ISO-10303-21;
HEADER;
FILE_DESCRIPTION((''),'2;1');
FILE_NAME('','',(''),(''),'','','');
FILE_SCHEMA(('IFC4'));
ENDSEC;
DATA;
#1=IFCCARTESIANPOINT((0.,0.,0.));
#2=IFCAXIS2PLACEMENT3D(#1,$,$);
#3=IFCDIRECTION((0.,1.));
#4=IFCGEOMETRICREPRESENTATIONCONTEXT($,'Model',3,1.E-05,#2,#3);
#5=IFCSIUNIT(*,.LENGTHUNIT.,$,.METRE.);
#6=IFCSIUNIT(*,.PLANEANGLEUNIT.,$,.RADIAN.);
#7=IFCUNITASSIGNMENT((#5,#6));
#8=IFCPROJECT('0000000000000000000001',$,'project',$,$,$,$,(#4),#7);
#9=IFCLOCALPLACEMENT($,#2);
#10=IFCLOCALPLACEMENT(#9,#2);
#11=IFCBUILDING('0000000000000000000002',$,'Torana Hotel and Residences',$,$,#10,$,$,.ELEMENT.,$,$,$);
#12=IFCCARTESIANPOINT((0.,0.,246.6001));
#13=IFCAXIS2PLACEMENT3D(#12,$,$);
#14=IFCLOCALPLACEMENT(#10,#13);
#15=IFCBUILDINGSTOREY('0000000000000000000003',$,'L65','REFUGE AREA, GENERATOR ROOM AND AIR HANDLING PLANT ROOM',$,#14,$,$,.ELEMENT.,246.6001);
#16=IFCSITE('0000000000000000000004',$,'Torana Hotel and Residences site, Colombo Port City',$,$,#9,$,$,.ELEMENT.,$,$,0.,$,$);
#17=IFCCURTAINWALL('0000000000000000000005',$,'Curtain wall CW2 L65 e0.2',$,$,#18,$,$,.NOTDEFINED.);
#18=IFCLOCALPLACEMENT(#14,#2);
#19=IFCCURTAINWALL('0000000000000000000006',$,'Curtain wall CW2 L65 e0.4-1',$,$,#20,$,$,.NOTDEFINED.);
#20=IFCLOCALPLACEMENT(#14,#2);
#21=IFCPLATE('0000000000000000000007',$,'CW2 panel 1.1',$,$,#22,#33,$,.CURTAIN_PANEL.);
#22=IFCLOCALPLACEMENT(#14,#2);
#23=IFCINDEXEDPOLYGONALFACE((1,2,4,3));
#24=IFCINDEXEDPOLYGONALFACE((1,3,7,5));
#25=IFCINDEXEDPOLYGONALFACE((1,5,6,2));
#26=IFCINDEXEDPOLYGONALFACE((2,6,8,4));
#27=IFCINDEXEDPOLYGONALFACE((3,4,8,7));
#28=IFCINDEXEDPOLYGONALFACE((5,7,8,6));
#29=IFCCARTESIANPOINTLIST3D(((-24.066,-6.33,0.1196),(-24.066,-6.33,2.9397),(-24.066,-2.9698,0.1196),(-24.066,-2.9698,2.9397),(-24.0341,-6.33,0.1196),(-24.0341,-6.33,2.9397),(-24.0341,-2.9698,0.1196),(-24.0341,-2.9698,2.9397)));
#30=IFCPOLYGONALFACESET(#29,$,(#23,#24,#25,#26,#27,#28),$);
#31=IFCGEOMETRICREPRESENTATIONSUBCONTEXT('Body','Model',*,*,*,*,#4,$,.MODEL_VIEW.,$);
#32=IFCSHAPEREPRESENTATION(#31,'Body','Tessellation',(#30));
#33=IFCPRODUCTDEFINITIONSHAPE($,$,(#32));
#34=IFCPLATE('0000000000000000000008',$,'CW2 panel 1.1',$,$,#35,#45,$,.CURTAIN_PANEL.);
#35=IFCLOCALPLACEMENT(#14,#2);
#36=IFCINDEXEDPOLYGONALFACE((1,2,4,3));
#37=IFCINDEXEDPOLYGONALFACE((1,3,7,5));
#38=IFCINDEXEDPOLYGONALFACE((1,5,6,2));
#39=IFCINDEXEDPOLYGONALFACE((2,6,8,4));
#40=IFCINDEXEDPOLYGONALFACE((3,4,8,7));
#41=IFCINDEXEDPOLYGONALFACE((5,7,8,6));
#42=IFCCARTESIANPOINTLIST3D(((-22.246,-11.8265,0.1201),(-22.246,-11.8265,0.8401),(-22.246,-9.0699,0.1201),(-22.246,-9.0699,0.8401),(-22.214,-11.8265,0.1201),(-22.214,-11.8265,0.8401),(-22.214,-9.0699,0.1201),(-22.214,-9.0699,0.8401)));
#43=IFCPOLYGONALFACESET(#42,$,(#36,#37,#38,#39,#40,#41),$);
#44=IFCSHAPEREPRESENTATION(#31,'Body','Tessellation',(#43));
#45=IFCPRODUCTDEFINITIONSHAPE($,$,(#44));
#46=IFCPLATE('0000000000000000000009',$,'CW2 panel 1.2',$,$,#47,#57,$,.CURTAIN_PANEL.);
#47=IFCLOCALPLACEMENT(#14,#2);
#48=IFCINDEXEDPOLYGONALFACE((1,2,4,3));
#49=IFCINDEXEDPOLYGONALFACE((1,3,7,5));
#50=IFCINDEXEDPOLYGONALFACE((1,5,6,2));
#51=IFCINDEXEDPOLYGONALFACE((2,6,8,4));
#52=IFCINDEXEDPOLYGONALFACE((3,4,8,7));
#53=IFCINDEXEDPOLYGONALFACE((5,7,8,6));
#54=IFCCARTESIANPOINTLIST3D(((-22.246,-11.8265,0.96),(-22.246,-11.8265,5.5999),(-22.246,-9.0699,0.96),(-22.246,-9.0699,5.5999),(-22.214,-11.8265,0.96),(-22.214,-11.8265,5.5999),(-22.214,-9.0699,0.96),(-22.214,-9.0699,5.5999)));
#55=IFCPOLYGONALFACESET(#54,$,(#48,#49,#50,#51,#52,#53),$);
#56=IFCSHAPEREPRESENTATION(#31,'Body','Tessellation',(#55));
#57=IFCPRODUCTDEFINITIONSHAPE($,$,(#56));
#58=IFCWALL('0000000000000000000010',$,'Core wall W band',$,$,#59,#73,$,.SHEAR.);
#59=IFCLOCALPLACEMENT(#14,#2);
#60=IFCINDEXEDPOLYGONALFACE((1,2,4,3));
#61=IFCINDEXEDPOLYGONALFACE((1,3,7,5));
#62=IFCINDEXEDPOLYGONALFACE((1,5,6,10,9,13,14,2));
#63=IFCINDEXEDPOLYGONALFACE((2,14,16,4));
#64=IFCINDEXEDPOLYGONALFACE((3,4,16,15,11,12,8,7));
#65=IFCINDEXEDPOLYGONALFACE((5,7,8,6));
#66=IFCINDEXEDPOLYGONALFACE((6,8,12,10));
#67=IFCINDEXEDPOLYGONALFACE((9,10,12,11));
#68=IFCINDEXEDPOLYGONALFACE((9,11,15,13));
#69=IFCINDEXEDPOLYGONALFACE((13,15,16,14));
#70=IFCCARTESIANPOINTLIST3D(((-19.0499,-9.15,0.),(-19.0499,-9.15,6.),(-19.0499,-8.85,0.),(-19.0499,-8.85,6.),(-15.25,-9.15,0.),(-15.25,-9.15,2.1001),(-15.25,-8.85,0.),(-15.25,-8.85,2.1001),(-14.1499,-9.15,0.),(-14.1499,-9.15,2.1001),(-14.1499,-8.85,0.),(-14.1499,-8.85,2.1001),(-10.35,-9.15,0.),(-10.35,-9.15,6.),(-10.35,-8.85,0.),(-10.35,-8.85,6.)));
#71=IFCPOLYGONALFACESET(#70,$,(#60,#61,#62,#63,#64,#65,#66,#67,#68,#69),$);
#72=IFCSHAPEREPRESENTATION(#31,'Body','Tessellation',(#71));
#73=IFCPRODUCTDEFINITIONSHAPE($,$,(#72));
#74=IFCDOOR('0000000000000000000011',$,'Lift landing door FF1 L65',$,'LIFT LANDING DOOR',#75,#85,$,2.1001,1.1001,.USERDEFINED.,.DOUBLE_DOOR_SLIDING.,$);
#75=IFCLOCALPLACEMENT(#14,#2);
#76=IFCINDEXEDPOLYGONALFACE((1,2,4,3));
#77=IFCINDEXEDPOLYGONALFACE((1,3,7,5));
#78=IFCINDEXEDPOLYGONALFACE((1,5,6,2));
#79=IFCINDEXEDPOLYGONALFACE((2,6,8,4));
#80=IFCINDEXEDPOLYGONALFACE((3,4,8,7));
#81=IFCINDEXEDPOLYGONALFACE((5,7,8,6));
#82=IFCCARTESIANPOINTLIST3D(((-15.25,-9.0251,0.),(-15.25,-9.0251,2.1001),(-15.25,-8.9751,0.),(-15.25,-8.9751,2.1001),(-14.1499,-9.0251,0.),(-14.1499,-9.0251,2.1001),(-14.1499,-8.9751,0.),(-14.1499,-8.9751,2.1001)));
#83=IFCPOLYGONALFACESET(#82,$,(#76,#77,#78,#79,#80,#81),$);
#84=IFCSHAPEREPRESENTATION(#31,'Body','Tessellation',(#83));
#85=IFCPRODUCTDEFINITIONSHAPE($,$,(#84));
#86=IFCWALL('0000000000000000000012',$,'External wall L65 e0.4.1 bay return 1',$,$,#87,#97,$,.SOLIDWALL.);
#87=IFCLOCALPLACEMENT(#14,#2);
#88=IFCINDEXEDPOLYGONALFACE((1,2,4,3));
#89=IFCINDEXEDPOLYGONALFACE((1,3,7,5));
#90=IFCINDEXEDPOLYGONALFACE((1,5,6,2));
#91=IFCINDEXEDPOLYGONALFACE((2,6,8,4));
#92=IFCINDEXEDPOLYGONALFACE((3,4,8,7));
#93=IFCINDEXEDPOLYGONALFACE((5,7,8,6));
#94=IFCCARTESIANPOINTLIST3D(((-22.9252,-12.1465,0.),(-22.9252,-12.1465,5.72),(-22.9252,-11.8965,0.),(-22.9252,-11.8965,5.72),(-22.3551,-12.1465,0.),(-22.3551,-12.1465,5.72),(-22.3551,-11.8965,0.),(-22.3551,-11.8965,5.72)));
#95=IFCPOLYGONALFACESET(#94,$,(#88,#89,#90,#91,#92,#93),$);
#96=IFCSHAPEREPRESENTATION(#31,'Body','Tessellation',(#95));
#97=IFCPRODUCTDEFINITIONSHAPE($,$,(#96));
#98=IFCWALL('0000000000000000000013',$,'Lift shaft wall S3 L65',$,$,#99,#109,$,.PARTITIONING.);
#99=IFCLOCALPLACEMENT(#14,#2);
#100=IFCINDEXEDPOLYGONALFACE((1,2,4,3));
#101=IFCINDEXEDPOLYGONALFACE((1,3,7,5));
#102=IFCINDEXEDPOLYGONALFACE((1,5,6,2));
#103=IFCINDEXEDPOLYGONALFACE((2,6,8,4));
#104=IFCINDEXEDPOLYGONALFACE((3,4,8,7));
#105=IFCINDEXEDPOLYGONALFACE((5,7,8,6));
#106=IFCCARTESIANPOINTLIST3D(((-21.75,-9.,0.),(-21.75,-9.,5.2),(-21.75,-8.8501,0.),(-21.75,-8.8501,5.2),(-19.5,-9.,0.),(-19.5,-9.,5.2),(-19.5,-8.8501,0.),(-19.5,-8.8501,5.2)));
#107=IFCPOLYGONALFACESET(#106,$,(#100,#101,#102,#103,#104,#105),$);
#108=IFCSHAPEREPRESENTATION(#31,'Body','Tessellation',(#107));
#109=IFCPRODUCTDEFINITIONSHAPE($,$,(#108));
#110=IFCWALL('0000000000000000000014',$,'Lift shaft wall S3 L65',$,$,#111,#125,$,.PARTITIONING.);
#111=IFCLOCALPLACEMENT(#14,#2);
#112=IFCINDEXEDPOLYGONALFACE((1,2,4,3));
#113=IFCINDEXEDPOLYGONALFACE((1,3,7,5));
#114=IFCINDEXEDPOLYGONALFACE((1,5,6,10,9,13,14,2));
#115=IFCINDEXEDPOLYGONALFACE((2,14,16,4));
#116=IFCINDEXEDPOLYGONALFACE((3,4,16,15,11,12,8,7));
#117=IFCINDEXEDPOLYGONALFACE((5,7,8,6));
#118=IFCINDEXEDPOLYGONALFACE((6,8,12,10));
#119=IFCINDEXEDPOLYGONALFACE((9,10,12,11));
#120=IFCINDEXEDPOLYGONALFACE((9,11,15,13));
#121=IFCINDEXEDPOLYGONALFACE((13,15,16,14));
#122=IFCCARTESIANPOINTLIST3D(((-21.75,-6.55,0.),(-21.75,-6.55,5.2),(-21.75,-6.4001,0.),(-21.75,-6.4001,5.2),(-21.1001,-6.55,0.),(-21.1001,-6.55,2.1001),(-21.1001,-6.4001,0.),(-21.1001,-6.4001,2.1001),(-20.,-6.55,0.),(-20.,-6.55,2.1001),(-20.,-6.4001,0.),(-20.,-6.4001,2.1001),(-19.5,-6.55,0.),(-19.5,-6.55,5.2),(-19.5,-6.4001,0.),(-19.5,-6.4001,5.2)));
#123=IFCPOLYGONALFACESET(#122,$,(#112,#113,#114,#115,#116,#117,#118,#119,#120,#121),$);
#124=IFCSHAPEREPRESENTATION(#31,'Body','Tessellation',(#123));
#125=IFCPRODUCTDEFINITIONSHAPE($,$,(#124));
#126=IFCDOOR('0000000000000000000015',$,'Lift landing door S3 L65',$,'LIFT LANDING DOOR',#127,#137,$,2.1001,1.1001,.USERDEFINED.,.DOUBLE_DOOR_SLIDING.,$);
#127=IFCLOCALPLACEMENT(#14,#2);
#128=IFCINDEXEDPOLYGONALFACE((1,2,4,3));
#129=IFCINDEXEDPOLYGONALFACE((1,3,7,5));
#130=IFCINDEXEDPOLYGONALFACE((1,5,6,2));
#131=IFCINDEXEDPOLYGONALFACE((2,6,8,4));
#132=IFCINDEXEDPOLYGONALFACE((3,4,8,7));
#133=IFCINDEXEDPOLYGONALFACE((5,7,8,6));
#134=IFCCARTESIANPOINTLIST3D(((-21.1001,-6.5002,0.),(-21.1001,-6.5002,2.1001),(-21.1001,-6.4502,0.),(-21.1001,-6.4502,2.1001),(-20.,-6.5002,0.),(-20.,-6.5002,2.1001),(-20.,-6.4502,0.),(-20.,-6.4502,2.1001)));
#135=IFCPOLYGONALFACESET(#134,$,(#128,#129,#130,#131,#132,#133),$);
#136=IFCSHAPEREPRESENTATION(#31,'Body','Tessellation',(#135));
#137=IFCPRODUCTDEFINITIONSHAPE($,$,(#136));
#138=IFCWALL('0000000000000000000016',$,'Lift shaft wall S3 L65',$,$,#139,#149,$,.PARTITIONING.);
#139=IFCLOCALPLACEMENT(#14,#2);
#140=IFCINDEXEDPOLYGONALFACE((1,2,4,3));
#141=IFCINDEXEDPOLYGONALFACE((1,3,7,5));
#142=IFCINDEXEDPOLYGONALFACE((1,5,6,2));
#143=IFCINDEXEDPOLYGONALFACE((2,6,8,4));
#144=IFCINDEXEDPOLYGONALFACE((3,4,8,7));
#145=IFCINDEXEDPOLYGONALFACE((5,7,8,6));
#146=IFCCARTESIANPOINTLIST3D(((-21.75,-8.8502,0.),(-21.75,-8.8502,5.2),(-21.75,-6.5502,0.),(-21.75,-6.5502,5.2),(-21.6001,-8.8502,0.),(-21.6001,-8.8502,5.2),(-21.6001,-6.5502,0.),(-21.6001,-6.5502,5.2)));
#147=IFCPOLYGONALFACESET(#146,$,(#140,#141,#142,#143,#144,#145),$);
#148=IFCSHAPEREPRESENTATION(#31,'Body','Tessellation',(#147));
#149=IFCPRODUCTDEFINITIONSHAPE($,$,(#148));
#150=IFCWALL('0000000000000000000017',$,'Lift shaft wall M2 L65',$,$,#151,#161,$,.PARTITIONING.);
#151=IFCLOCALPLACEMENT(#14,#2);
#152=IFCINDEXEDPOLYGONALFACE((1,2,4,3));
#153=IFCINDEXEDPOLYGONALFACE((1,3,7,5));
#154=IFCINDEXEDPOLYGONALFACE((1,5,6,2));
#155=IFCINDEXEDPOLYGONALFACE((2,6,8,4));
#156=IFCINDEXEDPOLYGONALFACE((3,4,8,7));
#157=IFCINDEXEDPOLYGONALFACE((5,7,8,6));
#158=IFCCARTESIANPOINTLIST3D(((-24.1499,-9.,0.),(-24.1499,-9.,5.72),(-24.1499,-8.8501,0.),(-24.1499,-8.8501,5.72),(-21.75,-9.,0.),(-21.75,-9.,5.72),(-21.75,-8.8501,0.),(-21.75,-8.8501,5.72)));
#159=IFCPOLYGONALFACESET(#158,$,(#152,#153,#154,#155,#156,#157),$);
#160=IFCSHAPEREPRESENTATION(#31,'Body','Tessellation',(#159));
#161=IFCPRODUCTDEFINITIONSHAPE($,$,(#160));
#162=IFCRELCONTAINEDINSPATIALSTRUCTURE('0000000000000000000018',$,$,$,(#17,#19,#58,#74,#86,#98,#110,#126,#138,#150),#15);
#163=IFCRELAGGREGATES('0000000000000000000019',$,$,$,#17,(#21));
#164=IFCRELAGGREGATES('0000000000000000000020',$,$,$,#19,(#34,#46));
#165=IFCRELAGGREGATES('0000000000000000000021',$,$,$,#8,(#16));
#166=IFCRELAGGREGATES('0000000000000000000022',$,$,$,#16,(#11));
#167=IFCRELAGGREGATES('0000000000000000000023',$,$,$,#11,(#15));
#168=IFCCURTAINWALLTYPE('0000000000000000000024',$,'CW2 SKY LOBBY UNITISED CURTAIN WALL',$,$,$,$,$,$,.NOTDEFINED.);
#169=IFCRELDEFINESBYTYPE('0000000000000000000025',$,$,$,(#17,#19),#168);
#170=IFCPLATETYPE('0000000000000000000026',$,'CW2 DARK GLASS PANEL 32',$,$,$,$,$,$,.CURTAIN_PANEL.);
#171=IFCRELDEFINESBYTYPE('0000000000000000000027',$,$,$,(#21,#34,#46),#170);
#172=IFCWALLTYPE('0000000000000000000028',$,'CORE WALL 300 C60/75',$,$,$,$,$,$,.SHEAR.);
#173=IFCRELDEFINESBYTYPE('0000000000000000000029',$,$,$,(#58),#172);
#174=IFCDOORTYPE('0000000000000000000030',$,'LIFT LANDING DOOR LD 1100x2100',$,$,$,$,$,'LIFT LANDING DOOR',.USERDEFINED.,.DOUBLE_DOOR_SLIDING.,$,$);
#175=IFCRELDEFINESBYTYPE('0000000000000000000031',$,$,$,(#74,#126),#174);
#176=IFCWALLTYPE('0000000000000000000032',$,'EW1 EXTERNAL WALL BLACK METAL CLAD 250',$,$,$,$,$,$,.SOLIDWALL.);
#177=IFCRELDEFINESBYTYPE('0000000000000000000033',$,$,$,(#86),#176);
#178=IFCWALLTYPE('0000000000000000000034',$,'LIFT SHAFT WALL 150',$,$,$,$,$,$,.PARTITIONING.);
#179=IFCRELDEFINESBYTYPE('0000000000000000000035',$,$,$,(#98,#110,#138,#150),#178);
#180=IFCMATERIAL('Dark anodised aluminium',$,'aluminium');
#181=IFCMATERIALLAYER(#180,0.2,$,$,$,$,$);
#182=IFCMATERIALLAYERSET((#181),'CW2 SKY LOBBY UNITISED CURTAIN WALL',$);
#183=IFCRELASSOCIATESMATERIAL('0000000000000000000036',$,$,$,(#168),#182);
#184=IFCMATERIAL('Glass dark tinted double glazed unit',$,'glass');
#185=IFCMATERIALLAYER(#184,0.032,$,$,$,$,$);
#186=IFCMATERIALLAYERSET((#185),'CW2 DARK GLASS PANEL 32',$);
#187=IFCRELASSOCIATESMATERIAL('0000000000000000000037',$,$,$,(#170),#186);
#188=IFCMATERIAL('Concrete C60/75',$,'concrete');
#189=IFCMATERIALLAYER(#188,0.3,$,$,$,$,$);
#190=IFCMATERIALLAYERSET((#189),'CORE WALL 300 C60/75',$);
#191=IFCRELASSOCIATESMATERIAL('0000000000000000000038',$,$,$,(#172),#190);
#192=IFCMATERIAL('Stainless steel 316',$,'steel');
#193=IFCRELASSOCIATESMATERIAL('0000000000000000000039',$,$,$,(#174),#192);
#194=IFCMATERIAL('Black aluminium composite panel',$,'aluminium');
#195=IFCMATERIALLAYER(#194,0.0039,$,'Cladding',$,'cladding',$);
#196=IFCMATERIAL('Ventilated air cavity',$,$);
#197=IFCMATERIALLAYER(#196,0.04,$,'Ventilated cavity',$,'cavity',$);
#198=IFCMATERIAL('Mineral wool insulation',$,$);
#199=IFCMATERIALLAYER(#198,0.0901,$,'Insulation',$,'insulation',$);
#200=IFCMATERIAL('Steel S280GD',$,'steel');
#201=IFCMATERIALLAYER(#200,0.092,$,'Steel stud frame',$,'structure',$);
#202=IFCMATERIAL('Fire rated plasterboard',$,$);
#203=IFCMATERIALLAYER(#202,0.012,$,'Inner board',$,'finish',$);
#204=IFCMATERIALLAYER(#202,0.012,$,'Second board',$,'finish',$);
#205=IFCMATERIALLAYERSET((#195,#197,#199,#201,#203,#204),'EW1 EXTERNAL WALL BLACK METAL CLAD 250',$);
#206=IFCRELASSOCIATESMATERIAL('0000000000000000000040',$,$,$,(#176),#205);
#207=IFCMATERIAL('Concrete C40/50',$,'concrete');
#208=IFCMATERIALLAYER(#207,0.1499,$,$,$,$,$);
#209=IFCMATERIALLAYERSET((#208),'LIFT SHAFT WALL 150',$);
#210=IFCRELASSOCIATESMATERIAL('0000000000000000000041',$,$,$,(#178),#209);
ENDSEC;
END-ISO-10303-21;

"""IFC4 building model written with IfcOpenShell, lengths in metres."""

from ifc_helpers import new_model, si_unit, direction, frame, frame_2d, origin, origin_2d, place, context, subcontext, project, spatial, rectangle, extrude, material, layer, layer_set, type_object, element, fill, aggregate, save


model = new_model("IFC4")

# Units and contexts
model_context = context("Model", 3, precision=1e-05, world=origin(), true_north=direction((0.0, 1.0)))
body_context = subcontext(model_context, "Body", "Model", "MODEL_VIEW")
ifc_project = project(units=[si_unit("LENGTHUNIT", "METRE"), si_unit("PLANEANGLEUNIT", "RADIAN")], contexts=[model_context])

# Site, building, storey
site_placement = place(None, origin())
site = spatial("IfcSite", under=ifc_project, at=site_placement, Name="Torana Hotel and Residences site, Colombo Port City", CompositionType="ELEMENT", RefElevation=0.0)
building_placement = place(site_placement, origin())
building = spatial("IfcBuilding", under=site, at=building_placement, Name="Torana Hotel and Residences", CompositionType="ELEMENT")
storey_placement = place(building_placement, frame((0.0, 0.0, 246.6001)))
storey = spatial("IfcBuildingStorey", under=building, at=storey_placement, Name="L65", Description="REFUGE AREA, GENERATOR ROOM AND AIR HANDLING PLANT ROOM", CompositionType="ELEMENT", Elevation=246.6001)

# Curtain wall
ifc_material_1 = material(Name="Dark anodised aluminium", Category="aluminium")
ifc_layer_1 = layer(ifc_material_1, 0.2)
ifc_layer_set_1 = layer_set([ifc_layer_1], Name="CW2 SKY LOBBY UNITISED CURTAIN WALL")
curtain_wall_type = type_object("IfcCurtainWallType", Name="CW2 SKY LOBBY UNITISED CURTAIN WALL", PredefinedType="NOTDEFINED", material=ifc_layer_set_1)
curtain_wall_1_placement = place(storey_placement, origin())
curtain_wall_1 = element("IfcCurtainWall", 1, at=curtain_wall_1_placement, inside=storey, type_object=curtain_wall_type, Name="Curtain wall CW2 L65 e0.2", PredefinedType="NOTDEFINED")

# Curtain wall
curtain_wall_2_placement = place(storey_placement, origin())
curtain_wall_2 = element("IfcCurtainWall", 2, at=curtain_wall_2_placement, inside=storey, type_object=curtain_wall_type, Name="Curtain wall CW2 L65 e0.4-1", PredefinedType="NOTDEFINED")

# Plates
ifc_material_2 = material(Name="Glass dark tinted double glazed unit", Category="glass")
ifc_layer_2 = layer(ifc_material_2, 0.032)
ifc_layer_set_2 = layer_set([ifc_layer_2], Name="CW2 DARK GLASS PANEL 32")
plate_type = type_object("IfcPlateType", Name="CW2 DARK GLASS PANEL 32", PredefinedType="CURTAIN_PANEL", material=ifc_layer_set_2)
plate_1_placement = place(storey_placement, frame((-24.05, -4.6499, 0.1196), z_axis=(0.0, 0.0, 1.0), x_axis=(0.0, -1.0, 0.0)))
plate_1 = element("IfcPlate", 3, at=plate_1_placement, type_object=plate_type, Name="CW2 panel 1.1", PredefinedType="CURTAIN_PANEL", context=body_context, shape_type="SweptSolid", body=[
    extrude(rectangle(XDim=3.3601, YDim=0.032, at=origin_2d()), origin(), (0.0, 0.0, 1.0), 2.8201),
])
aggregate(curtain_wall_1, [plate_1])
plate_2_placement = place(storey_placement, frame((-22.23, -10.4482, 0.1201), z_axis=(0.0, 0.0, 1.0), x_axis=(0.0, -1.0, 0.0)))
plate_2 = element("IfcPlate", 4, at=plate_2_placement, type_object=plate_type, Name="CW2 panel 1.1", PredefinedType="CURTAIN_PANEL", context=body_context, shape_type="SweptSolid", body=[
    extrude(rectangle(XDim=2.7566, YDim=0.032, at=origin_2d()), origin(), (0.0, 0.0, 1.0), 0.72),
])
plate_3_placement = place(storey_placement, frame((-22.23, -10.4482, 0.96), z_axis=(0.0, 0.0, 1.0), x_axis=(0.0, -1.0, 0.0)))
plate_3 = element("IfcPlate", 5, at=plate_3_placement, type_object=plate_type, Name="CW2 panel 1.2", PredefinedType="CURTAIN_PANEL", context=body_context, shape_type="SweptSolid", body=[
    extrude(rectangle(XDim=2.7566, YDim=0.032, at=origin_2d()), origin(), (0.0, 0.0, 1.0), 4.6399),
])
aggregate(curtain_wall_2, [plate_2, plate_3])

# Wall, opening, door
ifc_material_3 = material(Name="Concrete C60/75", Category="concrete")
ifc_layer_3 = layer(ifc_material_3, 0.3)
ifc_layer_set_3 = layer_set([ifc_layer_3], Name="CORE WALL 300 C60/75")
wall_type_1 = type_object("IfcWallType", Name="CORE WALL 300 C60/75", PredefinedType="SHEAR", material=ifc_layer_set_3)
wall_1_placement = place(storey_placement, frame((-19.05, -9.0, 0.0), z_axis=(0.0, 0.0, 1.0), x_axis=(1.0, 0.0, 0.0)))
wall_1 = element("IfcWall", 6, at=wall_1_placement, inside=storey, type_object=wall_type_1, Name="Core wall W band", PredefinedType="SHEAR", context=body_context, shape_type="SweptSolid", body=[
    extrude(rectangle(XDim=8.7, YDim=0.3, at=frame_2d((4.3501, 0.0))), origin(), (0.0, 0.0, 1.0), 6.0),
])
opening_1_placement = place(wall_1_placement, frame((3.8, 0.0, 0.0)))
opening_1 = element("IfcOpeningElement", 7, at=opening_1_placement, cuts=wall_1, PredefinedType="OPENING", context=body_context, shape_type="SweptSolid", body=[
    extrude(rectangle(XDim=1.1001, YDim=2.1001, at=frame_2d((0.55, 1.05))), frame((0.0, 0.1599, 0.0), z_axis=(0.0, -1.0, 0.0), x_axis=(1.0, 0.0, 0.0)), (0.0, 0.0, 1.0), 0.3201),
])
ifc_material_4 = material(Name="Stainless steel 316", Category="steel")
door_type_1 = type_object("IfcDoorType", Name="LIFT LANDING DOOR LD 1100x2100", ElementType="LIFT LANDING DOOR", OperationType="DOUBLE_DOOR_SLIDING", PredefinedType="USERDEFINED", material=ifc_material_4)
door_1_placement = place(opening_1_placement, origin())
door_1 = element("IfcDoor", 8, at=door_1_placement, inside=storey, type_object=door_type_1, Name="Lift landing door FF1 L65", ObjectType="LIFT LANDING DOOR", OperationType="DOUBLE_DOOR_SLIDING", OverallHeight=2.1001, OverallWidth=1.1001, PredefinedType="USERDEFINED", context=body_context, shape_type="SweptSolid", body=[
    extrude(rectangle(XDim=1.1001, YDim=2.1001, at=frame_2d((0.55, 1.05))), frame((0.0, 0.0249, 0.0), z_axis=(0.0, -1.0, 0.0), x_axis=(1.0, 0.0, 0.0)), (0.0, 0.0, 1.0), 0.05),
])
fill(opening_1, door_1)

# Wall
ifc_material_5 = material(Name="Black aluminium composite panel", Category="aluminium")
ifc_layer_4 = layer(ifc_material_5, 0.0039, Name="Cladding", Category="cladding")
ifc_material_6 = material(Name="Ventilated air cavity")
ifc_layer_5 = layer(ifc_material_6, 0.04, Name="Ventilated cavity", Category="cavity")
ifc_material_7 = material(Name="Mineral wool insulation")
ifc_layer_6 = layer(ifc_material_7, 0.0901, Name="Insulation", Category="insulation")
ifc_material_8 = material(Name="Steel S280GD", Category="steel")
ifc_layer_7 = layer(ifc_material_8, 0.092, Name="Steel stud frame", Category="structure")
ifc_material_9 = material(Name="Fire rated plasterboard")
ifc_layer_8 = layer(ifc_material_9, 0.012, Name="Inner board", Category="finish")
ifc_layer_9 = layer(ifc_material_9, 0.012, Name="Second board", Category="finish")
ifc_layer_set_4 = layer_set([ifc_layer_4, ifc_layer_5, ifc_layer_6, ifc_layer_7, ifc_layer_8, ifc_layer_9], Name="EW1 EXTERNAL WALL BLACK METAL CLAD 250")
wall_type_2 = type_object("IfcWallType", Name="EW1 EXTERNAL WALL BLACK METAL CLAD 250", PredefinedType="SOLIDWALL", material=ifc_layer_set_4)
wall_2_placement = place(storey_placement, frame((-22.355, -12.0215, 0.0), z_axis=(0.0, 0.0, 1.0), x_axis=(-1.0, 0.0, 0.0)))
element("IfcWall", 9, at=wall_2_placement, inside=storey, type_object=wall_type_2, Name="External wall L65 e0.4.1 bay return 1", PredefinedType="SOLIDWALL", context=body_context, shape_type="SweptSolid", body=[
    extrude(rectangle(XDim=0.5701, YDim=0.25, at=frame_2d((0.2852, 0.0))), origin(), (0.0, 0.0, 1.0), 5.72),
])

# Wall
ifc_material_10 = material(Name="Concrete C40/50", Category="concrete")
ifc_layer_10 = layer(ifc_material_10, 0.1499)
ifc_layer_set_5 = layer_set([ifc_layer_10], Name="LIFT SHAFT WALL 150")
wall_type_3 = type_object("IfcWallType", Name="LIFT SHAFT WALL 150", PredefinedType="PARTITIONING", material=ifc_layer_set_5)
wall_3_placement = place(storey_placement, frame((-21.75, -8.925, 0.0), z_axis=(0.0, 0.0, 1.0), x_axis=(1.0, 0.0, 0.0)))
element("IfcWall", 10, at=wall_3_placement, inside=storey, type_object=wall_type_3, Name="Lift shaft wall S3 L65", PredefinedType="PARTITIONING", context=body_context, shape_type="SweptSolid", body=[
    extrude(rectangle(XDim=2.25, YDim=0.1499, at=frame_2d((1.125, 0.0))), origin(), (0.0, 0.0, 1.0), 5.2),
])

# Wall, opening, door
wall_4_placement = place(storey_placement, frame((-21.75, -6.4751, 0.0), z_axis=(0.0, 0.0, 1.0), x_axis=(1.0, 0.0, 0.0)))
wall_4 = element("IfcWall", 11, at=wall_4_placement, inside=storey, type_object=wall_type_3, Name="Lift shaft wall S3 L65", PredefinedType="PARTITIONING", context=body_context, shape_type="SweptSolid", body=[
    extrude(rectangle(XDim=2.25, YDim=0.1499, at=frame_2d((1.125, 0.0))), origin(), (0.0, 0.0, 1.0), 5.2),
])
opening_2_placement = place(wall_4_placement, frame((0.6499, 0.0, 0.0)))
opening_2 = element("IfcOpeningElement", 12, at=opening_2_placement, cuts=wall_4, PredefinedType="OPENING", context=body_context, shape_type="SweptSolid", body=[
    extrude(rectangle(XDim=1.1001, YDim=2.1001, at=frame_2d((0.55, 1.05))), frame((0.0, 0.085, 0.0), z_axis=(0.0, -1.0, 0.0), x_axis=(1.0, 0.0, 0.0)), (0.0, 0.0, 1.0), 0.1699),
])
door_2_placement = place(opening_2_placement, origin())
door_2 = element("IfcDoor", 13, at=door_2_placement, inside=storey, type_object=door_type_1, Name="Lift landing door S3 L65", ObjectType="LIFT LANDING DOOR", OperationType="DOUBLE_DOOR_SLIDING", OverallHeight=2.1001, OverallWidth=1.1001, PredefinedType="USERDEFINED", context=body_context, shape_type="SweptSolid", body=[
    extrude(rectangle(XDim=1.1001, YDim=2.1001, at=frame_2d((0.55, 1.05))), frame((0.0, 0.0249, 0.0), z_axis=(0.0, -1.0, 0.0), x_axis=(1.0, 0.0, 0.0)), (0.0, 0.0, 1.0), 0.05),
])
fill(opening_2, door_2)

# Walls
wall_5_placement = place(storey_placement, frame((-21.675, -8.8501, 0.0), z_axis=(0.0, 0.0, 1.0), x_axis=(0.0, 1.0, 0.0)))
element("IfcWall", 14, at=wall_5_placement, inside=storey, type_object=wall_type_3, Name="Lift shaft wall S3 L65", PredefinedType="PARTITIONING", context=body_context, shape_type="SweptSolid", body=[
    extrude(rectangle(XDim=2.3, YDim=0.1499, at=frame_2d((1.1499, 0.0))), origin(), (0.0, 0.0, 1.0), 5.2),
])
wall_6_placement = place(storey_placement, frame((-24.1499, -8.925, 0.0), z_axis=(0.0, 0.0, 1.0), x_axis=(1.0, 0.0, 0.0)))
element("IfcWall", 15, at=wall_6_placement, inside=storey, type_object=wall_type_3, Name="Lift shaft wall M2 L65", PredefinedType="PARTITIONING", context=body_context, shape_type="SweptSolid", body=[
    extrude(rectangle(XDim=2.3999, YDim=0.1499, at=frame_2d((1.2, 0.0))), origin(), (0.0, 0.0, 1.0), 5.72),
])

save(model, "model.ifc")
